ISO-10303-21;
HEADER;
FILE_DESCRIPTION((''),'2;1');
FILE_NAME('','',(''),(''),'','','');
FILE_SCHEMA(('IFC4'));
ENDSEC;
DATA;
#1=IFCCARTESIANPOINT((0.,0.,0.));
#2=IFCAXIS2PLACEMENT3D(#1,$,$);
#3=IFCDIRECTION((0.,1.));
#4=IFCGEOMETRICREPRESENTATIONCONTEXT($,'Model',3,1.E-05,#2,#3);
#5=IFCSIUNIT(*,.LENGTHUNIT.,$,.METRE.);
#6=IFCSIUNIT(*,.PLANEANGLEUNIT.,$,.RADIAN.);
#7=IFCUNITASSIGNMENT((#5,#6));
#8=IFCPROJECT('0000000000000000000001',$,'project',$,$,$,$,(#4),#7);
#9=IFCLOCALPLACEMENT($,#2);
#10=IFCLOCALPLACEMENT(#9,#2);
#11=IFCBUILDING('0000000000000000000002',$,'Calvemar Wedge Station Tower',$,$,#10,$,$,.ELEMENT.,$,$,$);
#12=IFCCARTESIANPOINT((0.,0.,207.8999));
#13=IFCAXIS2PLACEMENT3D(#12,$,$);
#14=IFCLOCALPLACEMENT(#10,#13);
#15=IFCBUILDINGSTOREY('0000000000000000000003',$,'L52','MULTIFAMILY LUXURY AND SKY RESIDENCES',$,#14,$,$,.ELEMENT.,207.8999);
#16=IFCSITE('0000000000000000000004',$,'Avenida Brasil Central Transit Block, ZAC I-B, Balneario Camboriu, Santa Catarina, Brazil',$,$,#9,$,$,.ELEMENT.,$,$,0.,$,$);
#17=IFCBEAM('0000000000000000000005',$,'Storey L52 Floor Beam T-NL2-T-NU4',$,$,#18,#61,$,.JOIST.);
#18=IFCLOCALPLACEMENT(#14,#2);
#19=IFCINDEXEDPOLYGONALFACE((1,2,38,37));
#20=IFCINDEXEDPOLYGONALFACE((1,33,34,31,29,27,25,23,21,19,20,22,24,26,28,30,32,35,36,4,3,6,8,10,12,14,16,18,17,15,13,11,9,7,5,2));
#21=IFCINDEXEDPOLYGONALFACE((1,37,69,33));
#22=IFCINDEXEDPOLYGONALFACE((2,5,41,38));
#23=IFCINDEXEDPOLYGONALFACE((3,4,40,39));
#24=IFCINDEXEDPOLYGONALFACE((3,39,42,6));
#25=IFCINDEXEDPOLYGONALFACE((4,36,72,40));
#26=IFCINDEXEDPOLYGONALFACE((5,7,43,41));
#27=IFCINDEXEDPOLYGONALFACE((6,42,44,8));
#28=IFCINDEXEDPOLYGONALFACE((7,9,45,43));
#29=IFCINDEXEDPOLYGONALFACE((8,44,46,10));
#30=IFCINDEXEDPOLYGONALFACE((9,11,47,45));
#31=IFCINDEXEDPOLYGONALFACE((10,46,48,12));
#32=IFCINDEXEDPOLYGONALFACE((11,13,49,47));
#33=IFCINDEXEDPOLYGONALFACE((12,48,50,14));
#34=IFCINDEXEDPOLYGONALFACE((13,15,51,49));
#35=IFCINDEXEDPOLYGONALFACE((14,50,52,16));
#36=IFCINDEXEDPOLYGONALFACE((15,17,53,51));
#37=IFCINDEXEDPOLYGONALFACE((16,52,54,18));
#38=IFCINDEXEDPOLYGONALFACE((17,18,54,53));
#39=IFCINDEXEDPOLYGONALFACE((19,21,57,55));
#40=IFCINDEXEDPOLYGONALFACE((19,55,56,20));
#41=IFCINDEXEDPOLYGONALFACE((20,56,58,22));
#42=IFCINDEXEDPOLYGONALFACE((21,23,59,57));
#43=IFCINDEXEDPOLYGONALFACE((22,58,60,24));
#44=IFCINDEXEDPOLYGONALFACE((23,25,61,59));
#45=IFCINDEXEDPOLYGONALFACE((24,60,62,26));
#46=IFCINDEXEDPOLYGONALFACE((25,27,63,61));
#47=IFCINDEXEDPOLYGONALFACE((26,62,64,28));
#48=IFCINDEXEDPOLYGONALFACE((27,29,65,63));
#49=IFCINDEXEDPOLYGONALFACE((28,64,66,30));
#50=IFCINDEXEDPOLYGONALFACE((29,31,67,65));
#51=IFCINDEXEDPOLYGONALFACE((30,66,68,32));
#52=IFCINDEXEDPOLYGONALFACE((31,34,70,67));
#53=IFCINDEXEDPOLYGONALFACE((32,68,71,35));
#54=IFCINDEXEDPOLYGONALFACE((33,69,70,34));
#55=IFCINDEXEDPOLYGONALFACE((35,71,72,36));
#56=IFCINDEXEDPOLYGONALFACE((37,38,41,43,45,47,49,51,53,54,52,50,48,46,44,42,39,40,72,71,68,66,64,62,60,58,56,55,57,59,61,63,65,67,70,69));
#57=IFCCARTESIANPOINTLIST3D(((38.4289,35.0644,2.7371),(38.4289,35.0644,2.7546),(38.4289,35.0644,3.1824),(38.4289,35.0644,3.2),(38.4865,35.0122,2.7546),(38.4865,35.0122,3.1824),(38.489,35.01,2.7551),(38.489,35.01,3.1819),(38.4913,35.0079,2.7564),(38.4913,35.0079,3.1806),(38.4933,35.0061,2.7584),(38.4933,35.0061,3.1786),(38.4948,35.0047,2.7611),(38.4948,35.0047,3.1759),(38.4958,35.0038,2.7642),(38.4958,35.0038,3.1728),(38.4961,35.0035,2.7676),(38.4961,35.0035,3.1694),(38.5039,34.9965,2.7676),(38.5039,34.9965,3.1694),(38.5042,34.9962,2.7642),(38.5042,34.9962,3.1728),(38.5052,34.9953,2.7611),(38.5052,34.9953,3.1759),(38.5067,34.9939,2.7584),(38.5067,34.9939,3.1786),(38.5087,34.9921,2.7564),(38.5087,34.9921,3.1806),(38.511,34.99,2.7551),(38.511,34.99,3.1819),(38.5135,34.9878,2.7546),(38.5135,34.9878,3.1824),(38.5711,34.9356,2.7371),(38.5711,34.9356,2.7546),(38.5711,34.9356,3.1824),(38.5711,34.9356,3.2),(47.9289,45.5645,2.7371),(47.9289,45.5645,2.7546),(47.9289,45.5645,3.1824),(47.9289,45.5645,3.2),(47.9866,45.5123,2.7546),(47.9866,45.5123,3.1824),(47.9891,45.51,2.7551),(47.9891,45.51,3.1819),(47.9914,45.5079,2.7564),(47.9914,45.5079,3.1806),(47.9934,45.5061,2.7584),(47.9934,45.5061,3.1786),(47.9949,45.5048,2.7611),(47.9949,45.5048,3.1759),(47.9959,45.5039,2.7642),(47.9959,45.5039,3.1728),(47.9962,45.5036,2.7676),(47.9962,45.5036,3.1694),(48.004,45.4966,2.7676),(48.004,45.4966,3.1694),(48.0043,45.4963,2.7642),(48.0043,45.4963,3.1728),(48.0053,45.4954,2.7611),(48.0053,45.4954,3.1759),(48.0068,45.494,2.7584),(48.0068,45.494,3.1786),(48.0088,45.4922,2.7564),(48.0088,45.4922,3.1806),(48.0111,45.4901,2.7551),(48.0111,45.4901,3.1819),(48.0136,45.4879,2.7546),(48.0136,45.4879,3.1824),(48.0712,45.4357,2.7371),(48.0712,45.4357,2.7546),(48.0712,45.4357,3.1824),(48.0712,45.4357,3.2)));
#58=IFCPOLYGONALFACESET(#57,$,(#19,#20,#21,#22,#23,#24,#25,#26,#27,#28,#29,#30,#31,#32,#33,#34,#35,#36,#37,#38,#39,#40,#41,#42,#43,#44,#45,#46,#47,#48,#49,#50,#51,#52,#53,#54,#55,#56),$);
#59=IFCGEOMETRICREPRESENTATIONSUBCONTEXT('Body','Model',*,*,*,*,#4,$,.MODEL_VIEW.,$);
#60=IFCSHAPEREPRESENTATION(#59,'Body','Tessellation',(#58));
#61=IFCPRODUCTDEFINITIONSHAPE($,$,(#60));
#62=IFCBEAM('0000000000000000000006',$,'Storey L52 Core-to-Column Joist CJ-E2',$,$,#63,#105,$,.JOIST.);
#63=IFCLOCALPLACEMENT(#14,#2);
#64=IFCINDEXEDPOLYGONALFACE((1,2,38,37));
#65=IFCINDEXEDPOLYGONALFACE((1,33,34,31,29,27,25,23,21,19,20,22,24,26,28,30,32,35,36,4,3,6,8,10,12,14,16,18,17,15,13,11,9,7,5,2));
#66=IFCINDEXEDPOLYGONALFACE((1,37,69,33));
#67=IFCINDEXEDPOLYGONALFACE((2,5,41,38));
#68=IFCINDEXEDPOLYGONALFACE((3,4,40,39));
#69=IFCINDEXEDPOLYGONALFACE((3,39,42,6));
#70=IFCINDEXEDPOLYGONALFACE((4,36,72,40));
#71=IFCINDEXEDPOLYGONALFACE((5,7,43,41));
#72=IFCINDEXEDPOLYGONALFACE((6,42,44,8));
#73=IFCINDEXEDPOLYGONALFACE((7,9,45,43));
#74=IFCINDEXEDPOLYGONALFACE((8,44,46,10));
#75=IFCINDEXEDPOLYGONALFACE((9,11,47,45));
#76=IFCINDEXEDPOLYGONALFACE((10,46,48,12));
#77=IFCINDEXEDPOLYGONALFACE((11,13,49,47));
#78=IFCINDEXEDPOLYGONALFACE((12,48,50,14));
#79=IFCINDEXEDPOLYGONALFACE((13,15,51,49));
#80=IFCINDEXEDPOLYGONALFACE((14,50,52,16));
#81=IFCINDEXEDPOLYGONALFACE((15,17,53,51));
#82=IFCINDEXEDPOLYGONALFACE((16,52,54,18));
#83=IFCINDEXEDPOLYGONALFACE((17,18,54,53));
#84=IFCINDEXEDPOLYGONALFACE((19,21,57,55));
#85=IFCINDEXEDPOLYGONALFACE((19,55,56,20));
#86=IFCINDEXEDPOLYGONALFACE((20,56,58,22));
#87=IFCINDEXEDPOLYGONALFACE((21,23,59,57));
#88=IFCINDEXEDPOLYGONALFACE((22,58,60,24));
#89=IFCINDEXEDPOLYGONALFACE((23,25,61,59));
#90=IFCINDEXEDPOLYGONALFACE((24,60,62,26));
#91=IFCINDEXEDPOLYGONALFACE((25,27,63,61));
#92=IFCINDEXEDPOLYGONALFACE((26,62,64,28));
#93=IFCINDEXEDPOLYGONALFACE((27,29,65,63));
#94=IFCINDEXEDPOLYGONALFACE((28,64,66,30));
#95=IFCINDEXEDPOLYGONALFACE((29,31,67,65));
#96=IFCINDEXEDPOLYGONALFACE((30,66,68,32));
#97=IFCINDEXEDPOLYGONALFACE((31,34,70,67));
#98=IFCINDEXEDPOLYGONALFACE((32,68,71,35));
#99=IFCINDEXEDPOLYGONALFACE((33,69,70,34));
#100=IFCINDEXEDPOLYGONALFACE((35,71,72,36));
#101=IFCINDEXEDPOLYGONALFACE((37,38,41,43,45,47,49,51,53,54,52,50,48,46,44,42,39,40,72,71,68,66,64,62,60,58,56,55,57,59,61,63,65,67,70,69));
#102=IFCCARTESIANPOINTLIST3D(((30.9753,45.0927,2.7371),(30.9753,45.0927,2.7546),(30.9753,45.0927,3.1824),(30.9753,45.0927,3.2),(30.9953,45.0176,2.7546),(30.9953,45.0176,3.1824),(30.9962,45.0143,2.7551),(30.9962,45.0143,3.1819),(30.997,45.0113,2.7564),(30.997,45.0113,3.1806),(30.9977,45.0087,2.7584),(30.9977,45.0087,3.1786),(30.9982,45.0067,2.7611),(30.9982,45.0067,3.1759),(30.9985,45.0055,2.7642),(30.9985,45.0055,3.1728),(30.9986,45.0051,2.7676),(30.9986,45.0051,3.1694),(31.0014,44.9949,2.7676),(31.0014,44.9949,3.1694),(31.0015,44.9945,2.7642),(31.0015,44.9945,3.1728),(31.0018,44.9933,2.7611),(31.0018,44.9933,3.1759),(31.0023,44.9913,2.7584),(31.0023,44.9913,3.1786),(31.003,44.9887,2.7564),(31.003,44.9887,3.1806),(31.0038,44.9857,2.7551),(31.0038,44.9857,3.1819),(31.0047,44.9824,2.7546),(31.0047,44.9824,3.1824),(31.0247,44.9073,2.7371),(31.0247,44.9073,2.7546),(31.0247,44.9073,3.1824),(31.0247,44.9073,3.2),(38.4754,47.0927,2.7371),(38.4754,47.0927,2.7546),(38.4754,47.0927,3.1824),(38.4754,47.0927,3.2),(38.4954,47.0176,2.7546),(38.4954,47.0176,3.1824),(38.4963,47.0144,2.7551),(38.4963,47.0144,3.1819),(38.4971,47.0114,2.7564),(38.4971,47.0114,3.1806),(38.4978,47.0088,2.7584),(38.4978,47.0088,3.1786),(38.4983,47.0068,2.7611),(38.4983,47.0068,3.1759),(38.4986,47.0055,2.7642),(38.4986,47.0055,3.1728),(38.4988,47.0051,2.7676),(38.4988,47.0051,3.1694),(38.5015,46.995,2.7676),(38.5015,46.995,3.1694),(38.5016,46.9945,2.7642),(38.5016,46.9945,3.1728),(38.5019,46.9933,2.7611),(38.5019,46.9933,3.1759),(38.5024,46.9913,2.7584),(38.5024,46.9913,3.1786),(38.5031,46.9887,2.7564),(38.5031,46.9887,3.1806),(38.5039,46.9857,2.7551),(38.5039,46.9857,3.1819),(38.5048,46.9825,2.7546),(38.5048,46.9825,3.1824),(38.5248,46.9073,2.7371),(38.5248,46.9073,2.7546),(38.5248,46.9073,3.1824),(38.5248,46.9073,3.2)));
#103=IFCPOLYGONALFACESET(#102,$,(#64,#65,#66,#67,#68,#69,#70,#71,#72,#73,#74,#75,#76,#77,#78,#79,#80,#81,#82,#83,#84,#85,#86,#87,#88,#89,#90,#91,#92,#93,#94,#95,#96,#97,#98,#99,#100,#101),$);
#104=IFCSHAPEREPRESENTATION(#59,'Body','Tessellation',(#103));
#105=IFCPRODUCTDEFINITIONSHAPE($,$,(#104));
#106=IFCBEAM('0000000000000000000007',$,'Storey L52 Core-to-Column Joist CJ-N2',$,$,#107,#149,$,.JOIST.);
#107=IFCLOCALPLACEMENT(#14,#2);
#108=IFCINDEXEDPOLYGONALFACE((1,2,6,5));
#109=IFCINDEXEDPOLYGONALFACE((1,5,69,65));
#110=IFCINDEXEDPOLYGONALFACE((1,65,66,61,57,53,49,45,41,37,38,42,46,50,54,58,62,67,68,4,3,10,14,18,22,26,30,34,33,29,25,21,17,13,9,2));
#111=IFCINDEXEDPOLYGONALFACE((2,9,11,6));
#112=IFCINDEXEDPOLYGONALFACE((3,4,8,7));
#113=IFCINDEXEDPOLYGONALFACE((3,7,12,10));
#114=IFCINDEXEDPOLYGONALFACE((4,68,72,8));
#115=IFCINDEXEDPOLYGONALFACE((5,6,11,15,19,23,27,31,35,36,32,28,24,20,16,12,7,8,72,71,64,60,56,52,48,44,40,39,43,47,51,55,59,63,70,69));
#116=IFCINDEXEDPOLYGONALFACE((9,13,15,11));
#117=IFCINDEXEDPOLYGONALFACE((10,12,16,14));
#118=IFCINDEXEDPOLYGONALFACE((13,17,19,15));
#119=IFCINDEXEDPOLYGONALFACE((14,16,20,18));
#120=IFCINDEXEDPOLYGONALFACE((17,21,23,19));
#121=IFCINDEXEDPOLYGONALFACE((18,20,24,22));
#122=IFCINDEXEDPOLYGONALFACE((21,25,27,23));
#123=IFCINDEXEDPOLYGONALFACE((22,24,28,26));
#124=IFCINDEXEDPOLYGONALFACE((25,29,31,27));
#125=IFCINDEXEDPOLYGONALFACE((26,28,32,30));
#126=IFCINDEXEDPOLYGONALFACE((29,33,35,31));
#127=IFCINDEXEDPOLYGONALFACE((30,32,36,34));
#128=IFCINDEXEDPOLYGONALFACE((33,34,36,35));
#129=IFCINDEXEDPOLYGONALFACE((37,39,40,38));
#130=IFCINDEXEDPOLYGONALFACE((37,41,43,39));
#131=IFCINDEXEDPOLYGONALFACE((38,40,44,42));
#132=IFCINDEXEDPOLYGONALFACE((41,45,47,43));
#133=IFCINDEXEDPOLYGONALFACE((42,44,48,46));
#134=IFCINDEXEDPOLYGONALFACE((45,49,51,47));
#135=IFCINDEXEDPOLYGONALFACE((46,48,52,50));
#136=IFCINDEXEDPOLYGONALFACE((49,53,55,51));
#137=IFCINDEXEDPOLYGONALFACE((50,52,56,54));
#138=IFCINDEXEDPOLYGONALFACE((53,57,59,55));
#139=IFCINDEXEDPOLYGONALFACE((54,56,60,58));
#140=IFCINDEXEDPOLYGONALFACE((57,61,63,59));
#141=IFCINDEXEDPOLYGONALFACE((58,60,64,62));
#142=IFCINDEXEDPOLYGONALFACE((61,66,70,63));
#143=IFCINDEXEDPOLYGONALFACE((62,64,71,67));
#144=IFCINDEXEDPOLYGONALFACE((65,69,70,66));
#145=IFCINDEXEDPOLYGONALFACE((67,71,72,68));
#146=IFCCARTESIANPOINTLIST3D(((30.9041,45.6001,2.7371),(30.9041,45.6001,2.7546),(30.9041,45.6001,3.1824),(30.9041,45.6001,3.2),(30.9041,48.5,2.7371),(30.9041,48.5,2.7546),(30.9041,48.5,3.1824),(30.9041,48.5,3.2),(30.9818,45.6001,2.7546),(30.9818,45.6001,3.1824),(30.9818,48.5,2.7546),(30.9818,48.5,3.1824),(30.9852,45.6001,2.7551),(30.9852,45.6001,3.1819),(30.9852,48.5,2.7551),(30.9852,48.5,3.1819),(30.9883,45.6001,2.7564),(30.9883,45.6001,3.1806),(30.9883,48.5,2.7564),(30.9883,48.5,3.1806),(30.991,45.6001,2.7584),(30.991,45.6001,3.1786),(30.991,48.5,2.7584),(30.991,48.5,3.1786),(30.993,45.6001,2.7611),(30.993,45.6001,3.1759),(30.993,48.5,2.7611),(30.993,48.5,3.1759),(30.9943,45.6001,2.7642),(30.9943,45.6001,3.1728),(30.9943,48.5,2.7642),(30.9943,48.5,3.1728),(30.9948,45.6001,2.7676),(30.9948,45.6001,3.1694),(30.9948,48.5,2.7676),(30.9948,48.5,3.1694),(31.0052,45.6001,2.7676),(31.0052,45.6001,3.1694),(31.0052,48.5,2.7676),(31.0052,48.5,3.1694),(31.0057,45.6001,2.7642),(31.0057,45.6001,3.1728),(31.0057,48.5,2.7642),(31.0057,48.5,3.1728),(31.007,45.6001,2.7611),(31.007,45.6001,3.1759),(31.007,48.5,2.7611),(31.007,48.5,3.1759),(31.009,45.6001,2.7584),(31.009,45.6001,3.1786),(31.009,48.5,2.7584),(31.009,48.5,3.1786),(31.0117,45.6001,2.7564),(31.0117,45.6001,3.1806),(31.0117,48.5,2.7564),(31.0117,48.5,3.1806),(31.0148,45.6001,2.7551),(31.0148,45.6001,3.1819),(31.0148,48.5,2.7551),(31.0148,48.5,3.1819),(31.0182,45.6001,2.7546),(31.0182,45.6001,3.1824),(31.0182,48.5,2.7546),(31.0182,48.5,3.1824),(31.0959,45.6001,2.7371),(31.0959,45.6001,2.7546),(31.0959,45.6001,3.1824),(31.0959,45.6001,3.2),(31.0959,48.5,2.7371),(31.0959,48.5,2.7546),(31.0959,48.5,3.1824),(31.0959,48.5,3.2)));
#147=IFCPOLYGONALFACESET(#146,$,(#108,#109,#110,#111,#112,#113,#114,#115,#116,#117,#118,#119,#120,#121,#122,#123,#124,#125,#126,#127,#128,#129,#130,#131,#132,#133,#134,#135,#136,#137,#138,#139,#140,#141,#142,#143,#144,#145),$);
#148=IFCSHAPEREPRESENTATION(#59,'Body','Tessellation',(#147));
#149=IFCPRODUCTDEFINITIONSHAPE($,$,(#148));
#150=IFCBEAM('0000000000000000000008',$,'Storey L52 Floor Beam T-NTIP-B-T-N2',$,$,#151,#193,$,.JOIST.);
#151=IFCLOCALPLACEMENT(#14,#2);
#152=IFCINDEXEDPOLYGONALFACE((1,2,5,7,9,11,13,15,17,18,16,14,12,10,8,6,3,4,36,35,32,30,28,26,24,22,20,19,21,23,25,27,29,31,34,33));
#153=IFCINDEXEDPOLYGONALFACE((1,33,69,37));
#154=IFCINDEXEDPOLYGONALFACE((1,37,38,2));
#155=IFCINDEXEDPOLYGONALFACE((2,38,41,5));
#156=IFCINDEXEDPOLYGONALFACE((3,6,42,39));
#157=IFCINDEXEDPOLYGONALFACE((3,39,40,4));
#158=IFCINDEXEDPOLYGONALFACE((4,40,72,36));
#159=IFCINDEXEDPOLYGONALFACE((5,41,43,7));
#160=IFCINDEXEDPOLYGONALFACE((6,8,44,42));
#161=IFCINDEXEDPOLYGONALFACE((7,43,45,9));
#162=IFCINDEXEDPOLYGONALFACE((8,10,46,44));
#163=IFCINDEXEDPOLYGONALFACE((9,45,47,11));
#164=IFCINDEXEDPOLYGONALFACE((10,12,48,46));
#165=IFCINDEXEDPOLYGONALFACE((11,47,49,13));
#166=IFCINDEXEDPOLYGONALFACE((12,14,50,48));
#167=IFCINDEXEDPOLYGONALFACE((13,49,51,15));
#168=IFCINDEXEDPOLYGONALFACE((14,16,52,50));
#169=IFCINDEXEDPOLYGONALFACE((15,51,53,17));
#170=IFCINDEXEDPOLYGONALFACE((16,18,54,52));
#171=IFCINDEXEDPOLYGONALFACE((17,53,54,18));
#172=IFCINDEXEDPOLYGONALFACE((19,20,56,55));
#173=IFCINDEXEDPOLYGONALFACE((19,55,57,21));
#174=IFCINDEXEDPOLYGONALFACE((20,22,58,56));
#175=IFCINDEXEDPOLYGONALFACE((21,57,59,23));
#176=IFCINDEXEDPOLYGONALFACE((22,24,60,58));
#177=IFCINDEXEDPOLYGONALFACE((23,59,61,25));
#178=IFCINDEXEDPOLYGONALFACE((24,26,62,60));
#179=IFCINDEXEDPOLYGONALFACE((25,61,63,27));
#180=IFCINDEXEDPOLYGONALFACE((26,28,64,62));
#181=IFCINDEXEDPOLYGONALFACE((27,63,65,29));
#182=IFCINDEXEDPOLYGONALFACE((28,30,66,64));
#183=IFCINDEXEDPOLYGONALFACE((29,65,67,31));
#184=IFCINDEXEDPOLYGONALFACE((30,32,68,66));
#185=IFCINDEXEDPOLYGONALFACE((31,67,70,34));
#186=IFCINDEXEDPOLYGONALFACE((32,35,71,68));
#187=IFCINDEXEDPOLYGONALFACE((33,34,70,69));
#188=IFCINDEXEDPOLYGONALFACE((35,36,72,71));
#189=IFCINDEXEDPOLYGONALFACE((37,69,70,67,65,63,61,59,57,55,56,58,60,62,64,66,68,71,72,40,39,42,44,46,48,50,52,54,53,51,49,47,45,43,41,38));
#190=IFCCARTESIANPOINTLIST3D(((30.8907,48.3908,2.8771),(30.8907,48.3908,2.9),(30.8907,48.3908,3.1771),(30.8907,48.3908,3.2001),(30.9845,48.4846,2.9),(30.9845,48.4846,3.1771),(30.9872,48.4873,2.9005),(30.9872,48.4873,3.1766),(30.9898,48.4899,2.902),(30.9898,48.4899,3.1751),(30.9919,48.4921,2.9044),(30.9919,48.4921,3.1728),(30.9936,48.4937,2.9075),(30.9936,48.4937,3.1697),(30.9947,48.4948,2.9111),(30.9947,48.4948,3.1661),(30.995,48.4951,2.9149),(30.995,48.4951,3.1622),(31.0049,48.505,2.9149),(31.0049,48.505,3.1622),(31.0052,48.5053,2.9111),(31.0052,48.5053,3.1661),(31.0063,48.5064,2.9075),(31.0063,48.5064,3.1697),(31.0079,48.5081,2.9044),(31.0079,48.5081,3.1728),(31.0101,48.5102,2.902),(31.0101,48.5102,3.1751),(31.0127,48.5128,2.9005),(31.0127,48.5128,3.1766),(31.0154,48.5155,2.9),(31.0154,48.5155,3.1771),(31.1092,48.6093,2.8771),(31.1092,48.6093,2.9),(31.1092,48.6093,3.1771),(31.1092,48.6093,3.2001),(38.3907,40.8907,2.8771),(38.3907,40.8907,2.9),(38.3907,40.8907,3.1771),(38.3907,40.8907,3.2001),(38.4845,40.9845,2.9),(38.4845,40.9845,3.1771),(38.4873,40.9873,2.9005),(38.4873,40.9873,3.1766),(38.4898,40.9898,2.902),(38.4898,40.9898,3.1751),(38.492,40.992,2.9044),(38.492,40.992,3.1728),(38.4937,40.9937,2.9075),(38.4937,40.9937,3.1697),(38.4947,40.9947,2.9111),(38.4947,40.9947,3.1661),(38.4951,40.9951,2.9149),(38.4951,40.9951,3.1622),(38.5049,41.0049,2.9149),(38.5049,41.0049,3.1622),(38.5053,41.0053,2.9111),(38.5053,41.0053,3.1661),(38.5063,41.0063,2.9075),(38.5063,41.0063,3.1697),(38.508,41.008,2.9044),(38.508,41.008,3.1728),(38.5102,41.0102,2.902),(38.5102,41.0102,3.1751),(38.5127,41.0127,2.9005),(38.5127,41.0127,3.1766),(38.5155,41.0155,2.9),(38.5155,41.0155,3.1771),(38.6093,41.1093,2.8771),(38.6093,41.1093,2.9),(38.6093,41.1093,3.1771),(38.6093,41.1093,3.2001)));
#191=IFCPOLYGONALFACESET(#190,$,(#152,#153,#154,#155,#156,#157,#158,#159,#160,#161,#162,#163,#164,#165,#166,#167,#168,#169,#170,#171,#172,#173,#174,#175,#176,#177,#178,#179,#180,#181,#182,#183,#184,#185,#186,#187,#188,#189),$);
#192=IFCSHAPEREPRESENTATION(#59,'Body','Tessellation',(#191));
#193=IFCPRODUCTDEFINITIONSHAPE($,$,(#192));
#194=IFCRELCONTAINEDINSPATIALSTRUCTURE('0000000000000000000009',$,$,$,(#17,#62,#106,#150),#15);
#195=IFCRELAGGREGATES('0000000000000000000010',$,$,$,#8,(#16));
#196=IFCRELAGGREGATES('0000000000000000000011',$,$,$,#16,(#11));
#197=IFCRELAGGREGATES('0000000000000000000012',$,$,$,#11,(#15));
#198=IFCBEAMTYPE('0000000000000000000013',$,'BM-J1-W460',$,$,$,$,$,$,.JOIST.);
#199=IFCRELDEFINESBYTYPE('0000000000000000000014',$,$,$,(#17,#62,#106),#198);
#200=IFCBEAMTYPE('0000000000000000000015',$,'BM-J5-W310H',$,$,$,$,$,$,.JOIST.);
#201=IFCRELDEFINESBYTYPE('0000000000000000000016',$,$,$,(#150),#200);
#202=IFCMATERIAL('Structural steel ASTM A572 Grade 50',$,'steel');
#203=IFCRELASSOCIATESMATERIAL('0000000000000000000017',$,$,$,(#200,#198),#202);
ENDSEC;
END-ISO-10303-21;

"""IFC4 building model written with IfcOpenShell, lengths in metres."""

from ifc_helpers import new_model, si_unit, direction, frame, origin, origin_2d, place, context, subcontext, project, spatial, i_section, extrude, source, transform, mapped, material, material_profile, profile_set, type_object, element, save


model = new_model("IFC4")

# Units and contexts
model_context = context("Model", 3, precision=1e-05, world=origin(), true_north=direction((0.0, 1.0)))
body_context = subcontext(model_context, "Body", "Model", "MODEL_VIEW")
ifc_project = project(units=[si_unit("LENGTHUNIT", "METRE"), si_unit("PLANEANGLEUNIT", "RADIAN")], contexts=[model_context])

# Site, building, storey
site_placement = place(None, origin())
site = spatial("IfcSite", under=ifc_project, at=site_placement, Name="Avenida Brasil Central Transit Block, ZAC I-B, Balneario Camboriu, Santa Catarina, Brazil", CompositionType="ELEMENT", RefElevation=0.0)
building_placement = place(site_placement, origin())
building = spatial("IfcBuilding", under=site, at=building_placement, Name="Calvemar Wedge Station Tower", CompositionType="ELEMENT")
storey_placement = place(building_placement, frame((0.0, 0.0, 207.8999)))
storey = spatial("IfcBuildingStorey", under=building, at=storey_placement, Name="L52", Description="MULTIFAMILY LUXURY AND SKY RESIDENCES", CompositionType="ELEMENT", Elevation=207.8999)

# Shared definitions
ifc_material_1 = material(Name="Structural steel ASTM A572 Grade 50", Category="steel")

# Beams
ifc_material_profile_1 = material_profile(ifc_material_1, i_section(OverallWidth=0.3091, OverallDepth=0.323, WebThickness=0.0139, FlangeThickness=0.0229, FilletRadius=0.0149, at=origin_2d()), Name="W310x143")
ifc_profile_set_1 = profile_set([ifc_material_profile_1], Name="Structural steel ASTM A572 Grade 50")
beam_type_1 = type_object("IfcBeamType", Name="BM-J5-W310H", PredefinedType="JOIST", material=ifc_profile_set_1)
ifc_material_profile_2 = material_profile(ifc_material_1, i_section(OverallWidth=0.1919, OverallDepth=0.4629, WebThickness=0.0105, FlangeThickness=0.0176, FilletRadius=0.0129, at=origin_2d()), Name="W460x89")
ifc_profile_set_2 = profile_set([ifc_material_profile_2], Name="Structural steel ASTM A572 Grade 50")
beam_type_2 = type_object("IfcBeamType", Name="BM-J1-W460", PredefinedType="JOIST", material=ifc_profile_set_2)
shared_shape_1 = source(origin(), body_context, "Body", "SweptSolid", [
    extrude(i_section(OverallWidth=0.1919, OverallDepth=0.4629, WebThickness=0.0105, FlangeThickness=0.0176, FilletRadius=0.0129, at=origin_2d()), origin(), (0.0, 0.0, 1.0), 14.1599),
])
beam_1_placement = place(storey_placement, frame((38.5, 35.0, 2.9685), z_axis=(0.670913, 0.741536, 0.0), x_axis=(-0.741536, 0.670913, 0.0)))
element("IfcBeam", 1, at=beam_1_placement, inside=storey, type_object=beam_type_2, Name="Storey L52 Floor Beam T-NL2-T-NU4", PredefinedType="JOIST", context=body_context, shape_type="MappedRepresentation", body=[
    mapped(shared_shape_1, transform((0.0, 0.0, 0.0), scale=1.0)),
])
shared_shape_2 = source(origin(), body_context, "Body", "SweptSolid", [
    extrude(i_section(OverallWidth=0.1919, OverallDepth=0.4629, WebThickness=0.0105, FlangeThickness=0.0176, FilletRadius=0.0129, at=origin_2d()), origin(), (0.0, 0.0, 1.0), 7.7622),
])
beam_2_placement = place(storey_placement, frame((31.0, 45.0, 2.9685), z_axis=(0.966235, 0.257663, 0.0), x_axis=(-0.257663, 0.966235, 0.0)))
element("IfcBeam", 2, at=beam_2_placement, inside=storey, type_object=beam_type_2, Name="Storey L52 Core-to-Column Joist CJ-E2", PredefinedType="JOIST", context=body_context, shape_type="MappedRepresentation", body=[
    mapped(shared_shape_2, transform((0.0, 0.0, 0.0), scale=1.0)),
])
shared_shape_3 = source(origin(), body_context, "Body", "SweptSolid", [
    extrude(i_section(OverallWidth=0.1919, OverallDepth=0.4629, WebThickness=0.0105, FlangeThickness=0.0176, FilletRadius=0.0129, at=origin_2d()), origin(), (0.0, 0.0, 1.0), 2.8999),
])
beam_3_placement = place(storey_placement, frame((31.0, 45.6001, 2.9685), z_axis=(0.0, 1.0, 0.0), x_axis=(-1.0, 0.0, 0.0)))
element("IfcBeam", 3, at=beam_3_placement, inside=storey, type_object=beam_type_2, Name="Storey L52 Core-to-Column Joist CJ-N2", PredefinedType="JOIST", context=body_context, shape_type="MappedRepresentation", body=[
    mapped(shared_shape_3, transform((0.0, 0.0, 0.0), scale=1.0)),
])
shared_shape_4 = source(origin(), body_context, "Body", "SweptSolid", [
    extrude(i_section(OverallWidth=0.3091, OverallDepth=0.323, WebThickness=0.0139, FlangeThickness=0.0229, FilletRadius=0.0149, at=origin_2d()), origin(), (0.0, 0.0, 1.0), 10.6067),
])
beam_4_placement = place(storey_placement, frame((38.5, 41.0, 3.0386), z_axis=(-0.707107, 0.707107, 0.0), x_axis=(-0.707107, -0.707107, 0.0)))
element("IfcBeam", 4, at=beam_4_placement, inside=storey, type_object=beam_type_1, Name="Storey L52 Floor Beam T-NTIP-B-T-N2", PredefinedType="JOIST", context=body_context, shape_type="MappedRepresentation", body=[
    mapped(shared_shape_4, transform((0.0, 0.0, 0.0), scale=1.0)),
])

save(model, "model.ifc")
